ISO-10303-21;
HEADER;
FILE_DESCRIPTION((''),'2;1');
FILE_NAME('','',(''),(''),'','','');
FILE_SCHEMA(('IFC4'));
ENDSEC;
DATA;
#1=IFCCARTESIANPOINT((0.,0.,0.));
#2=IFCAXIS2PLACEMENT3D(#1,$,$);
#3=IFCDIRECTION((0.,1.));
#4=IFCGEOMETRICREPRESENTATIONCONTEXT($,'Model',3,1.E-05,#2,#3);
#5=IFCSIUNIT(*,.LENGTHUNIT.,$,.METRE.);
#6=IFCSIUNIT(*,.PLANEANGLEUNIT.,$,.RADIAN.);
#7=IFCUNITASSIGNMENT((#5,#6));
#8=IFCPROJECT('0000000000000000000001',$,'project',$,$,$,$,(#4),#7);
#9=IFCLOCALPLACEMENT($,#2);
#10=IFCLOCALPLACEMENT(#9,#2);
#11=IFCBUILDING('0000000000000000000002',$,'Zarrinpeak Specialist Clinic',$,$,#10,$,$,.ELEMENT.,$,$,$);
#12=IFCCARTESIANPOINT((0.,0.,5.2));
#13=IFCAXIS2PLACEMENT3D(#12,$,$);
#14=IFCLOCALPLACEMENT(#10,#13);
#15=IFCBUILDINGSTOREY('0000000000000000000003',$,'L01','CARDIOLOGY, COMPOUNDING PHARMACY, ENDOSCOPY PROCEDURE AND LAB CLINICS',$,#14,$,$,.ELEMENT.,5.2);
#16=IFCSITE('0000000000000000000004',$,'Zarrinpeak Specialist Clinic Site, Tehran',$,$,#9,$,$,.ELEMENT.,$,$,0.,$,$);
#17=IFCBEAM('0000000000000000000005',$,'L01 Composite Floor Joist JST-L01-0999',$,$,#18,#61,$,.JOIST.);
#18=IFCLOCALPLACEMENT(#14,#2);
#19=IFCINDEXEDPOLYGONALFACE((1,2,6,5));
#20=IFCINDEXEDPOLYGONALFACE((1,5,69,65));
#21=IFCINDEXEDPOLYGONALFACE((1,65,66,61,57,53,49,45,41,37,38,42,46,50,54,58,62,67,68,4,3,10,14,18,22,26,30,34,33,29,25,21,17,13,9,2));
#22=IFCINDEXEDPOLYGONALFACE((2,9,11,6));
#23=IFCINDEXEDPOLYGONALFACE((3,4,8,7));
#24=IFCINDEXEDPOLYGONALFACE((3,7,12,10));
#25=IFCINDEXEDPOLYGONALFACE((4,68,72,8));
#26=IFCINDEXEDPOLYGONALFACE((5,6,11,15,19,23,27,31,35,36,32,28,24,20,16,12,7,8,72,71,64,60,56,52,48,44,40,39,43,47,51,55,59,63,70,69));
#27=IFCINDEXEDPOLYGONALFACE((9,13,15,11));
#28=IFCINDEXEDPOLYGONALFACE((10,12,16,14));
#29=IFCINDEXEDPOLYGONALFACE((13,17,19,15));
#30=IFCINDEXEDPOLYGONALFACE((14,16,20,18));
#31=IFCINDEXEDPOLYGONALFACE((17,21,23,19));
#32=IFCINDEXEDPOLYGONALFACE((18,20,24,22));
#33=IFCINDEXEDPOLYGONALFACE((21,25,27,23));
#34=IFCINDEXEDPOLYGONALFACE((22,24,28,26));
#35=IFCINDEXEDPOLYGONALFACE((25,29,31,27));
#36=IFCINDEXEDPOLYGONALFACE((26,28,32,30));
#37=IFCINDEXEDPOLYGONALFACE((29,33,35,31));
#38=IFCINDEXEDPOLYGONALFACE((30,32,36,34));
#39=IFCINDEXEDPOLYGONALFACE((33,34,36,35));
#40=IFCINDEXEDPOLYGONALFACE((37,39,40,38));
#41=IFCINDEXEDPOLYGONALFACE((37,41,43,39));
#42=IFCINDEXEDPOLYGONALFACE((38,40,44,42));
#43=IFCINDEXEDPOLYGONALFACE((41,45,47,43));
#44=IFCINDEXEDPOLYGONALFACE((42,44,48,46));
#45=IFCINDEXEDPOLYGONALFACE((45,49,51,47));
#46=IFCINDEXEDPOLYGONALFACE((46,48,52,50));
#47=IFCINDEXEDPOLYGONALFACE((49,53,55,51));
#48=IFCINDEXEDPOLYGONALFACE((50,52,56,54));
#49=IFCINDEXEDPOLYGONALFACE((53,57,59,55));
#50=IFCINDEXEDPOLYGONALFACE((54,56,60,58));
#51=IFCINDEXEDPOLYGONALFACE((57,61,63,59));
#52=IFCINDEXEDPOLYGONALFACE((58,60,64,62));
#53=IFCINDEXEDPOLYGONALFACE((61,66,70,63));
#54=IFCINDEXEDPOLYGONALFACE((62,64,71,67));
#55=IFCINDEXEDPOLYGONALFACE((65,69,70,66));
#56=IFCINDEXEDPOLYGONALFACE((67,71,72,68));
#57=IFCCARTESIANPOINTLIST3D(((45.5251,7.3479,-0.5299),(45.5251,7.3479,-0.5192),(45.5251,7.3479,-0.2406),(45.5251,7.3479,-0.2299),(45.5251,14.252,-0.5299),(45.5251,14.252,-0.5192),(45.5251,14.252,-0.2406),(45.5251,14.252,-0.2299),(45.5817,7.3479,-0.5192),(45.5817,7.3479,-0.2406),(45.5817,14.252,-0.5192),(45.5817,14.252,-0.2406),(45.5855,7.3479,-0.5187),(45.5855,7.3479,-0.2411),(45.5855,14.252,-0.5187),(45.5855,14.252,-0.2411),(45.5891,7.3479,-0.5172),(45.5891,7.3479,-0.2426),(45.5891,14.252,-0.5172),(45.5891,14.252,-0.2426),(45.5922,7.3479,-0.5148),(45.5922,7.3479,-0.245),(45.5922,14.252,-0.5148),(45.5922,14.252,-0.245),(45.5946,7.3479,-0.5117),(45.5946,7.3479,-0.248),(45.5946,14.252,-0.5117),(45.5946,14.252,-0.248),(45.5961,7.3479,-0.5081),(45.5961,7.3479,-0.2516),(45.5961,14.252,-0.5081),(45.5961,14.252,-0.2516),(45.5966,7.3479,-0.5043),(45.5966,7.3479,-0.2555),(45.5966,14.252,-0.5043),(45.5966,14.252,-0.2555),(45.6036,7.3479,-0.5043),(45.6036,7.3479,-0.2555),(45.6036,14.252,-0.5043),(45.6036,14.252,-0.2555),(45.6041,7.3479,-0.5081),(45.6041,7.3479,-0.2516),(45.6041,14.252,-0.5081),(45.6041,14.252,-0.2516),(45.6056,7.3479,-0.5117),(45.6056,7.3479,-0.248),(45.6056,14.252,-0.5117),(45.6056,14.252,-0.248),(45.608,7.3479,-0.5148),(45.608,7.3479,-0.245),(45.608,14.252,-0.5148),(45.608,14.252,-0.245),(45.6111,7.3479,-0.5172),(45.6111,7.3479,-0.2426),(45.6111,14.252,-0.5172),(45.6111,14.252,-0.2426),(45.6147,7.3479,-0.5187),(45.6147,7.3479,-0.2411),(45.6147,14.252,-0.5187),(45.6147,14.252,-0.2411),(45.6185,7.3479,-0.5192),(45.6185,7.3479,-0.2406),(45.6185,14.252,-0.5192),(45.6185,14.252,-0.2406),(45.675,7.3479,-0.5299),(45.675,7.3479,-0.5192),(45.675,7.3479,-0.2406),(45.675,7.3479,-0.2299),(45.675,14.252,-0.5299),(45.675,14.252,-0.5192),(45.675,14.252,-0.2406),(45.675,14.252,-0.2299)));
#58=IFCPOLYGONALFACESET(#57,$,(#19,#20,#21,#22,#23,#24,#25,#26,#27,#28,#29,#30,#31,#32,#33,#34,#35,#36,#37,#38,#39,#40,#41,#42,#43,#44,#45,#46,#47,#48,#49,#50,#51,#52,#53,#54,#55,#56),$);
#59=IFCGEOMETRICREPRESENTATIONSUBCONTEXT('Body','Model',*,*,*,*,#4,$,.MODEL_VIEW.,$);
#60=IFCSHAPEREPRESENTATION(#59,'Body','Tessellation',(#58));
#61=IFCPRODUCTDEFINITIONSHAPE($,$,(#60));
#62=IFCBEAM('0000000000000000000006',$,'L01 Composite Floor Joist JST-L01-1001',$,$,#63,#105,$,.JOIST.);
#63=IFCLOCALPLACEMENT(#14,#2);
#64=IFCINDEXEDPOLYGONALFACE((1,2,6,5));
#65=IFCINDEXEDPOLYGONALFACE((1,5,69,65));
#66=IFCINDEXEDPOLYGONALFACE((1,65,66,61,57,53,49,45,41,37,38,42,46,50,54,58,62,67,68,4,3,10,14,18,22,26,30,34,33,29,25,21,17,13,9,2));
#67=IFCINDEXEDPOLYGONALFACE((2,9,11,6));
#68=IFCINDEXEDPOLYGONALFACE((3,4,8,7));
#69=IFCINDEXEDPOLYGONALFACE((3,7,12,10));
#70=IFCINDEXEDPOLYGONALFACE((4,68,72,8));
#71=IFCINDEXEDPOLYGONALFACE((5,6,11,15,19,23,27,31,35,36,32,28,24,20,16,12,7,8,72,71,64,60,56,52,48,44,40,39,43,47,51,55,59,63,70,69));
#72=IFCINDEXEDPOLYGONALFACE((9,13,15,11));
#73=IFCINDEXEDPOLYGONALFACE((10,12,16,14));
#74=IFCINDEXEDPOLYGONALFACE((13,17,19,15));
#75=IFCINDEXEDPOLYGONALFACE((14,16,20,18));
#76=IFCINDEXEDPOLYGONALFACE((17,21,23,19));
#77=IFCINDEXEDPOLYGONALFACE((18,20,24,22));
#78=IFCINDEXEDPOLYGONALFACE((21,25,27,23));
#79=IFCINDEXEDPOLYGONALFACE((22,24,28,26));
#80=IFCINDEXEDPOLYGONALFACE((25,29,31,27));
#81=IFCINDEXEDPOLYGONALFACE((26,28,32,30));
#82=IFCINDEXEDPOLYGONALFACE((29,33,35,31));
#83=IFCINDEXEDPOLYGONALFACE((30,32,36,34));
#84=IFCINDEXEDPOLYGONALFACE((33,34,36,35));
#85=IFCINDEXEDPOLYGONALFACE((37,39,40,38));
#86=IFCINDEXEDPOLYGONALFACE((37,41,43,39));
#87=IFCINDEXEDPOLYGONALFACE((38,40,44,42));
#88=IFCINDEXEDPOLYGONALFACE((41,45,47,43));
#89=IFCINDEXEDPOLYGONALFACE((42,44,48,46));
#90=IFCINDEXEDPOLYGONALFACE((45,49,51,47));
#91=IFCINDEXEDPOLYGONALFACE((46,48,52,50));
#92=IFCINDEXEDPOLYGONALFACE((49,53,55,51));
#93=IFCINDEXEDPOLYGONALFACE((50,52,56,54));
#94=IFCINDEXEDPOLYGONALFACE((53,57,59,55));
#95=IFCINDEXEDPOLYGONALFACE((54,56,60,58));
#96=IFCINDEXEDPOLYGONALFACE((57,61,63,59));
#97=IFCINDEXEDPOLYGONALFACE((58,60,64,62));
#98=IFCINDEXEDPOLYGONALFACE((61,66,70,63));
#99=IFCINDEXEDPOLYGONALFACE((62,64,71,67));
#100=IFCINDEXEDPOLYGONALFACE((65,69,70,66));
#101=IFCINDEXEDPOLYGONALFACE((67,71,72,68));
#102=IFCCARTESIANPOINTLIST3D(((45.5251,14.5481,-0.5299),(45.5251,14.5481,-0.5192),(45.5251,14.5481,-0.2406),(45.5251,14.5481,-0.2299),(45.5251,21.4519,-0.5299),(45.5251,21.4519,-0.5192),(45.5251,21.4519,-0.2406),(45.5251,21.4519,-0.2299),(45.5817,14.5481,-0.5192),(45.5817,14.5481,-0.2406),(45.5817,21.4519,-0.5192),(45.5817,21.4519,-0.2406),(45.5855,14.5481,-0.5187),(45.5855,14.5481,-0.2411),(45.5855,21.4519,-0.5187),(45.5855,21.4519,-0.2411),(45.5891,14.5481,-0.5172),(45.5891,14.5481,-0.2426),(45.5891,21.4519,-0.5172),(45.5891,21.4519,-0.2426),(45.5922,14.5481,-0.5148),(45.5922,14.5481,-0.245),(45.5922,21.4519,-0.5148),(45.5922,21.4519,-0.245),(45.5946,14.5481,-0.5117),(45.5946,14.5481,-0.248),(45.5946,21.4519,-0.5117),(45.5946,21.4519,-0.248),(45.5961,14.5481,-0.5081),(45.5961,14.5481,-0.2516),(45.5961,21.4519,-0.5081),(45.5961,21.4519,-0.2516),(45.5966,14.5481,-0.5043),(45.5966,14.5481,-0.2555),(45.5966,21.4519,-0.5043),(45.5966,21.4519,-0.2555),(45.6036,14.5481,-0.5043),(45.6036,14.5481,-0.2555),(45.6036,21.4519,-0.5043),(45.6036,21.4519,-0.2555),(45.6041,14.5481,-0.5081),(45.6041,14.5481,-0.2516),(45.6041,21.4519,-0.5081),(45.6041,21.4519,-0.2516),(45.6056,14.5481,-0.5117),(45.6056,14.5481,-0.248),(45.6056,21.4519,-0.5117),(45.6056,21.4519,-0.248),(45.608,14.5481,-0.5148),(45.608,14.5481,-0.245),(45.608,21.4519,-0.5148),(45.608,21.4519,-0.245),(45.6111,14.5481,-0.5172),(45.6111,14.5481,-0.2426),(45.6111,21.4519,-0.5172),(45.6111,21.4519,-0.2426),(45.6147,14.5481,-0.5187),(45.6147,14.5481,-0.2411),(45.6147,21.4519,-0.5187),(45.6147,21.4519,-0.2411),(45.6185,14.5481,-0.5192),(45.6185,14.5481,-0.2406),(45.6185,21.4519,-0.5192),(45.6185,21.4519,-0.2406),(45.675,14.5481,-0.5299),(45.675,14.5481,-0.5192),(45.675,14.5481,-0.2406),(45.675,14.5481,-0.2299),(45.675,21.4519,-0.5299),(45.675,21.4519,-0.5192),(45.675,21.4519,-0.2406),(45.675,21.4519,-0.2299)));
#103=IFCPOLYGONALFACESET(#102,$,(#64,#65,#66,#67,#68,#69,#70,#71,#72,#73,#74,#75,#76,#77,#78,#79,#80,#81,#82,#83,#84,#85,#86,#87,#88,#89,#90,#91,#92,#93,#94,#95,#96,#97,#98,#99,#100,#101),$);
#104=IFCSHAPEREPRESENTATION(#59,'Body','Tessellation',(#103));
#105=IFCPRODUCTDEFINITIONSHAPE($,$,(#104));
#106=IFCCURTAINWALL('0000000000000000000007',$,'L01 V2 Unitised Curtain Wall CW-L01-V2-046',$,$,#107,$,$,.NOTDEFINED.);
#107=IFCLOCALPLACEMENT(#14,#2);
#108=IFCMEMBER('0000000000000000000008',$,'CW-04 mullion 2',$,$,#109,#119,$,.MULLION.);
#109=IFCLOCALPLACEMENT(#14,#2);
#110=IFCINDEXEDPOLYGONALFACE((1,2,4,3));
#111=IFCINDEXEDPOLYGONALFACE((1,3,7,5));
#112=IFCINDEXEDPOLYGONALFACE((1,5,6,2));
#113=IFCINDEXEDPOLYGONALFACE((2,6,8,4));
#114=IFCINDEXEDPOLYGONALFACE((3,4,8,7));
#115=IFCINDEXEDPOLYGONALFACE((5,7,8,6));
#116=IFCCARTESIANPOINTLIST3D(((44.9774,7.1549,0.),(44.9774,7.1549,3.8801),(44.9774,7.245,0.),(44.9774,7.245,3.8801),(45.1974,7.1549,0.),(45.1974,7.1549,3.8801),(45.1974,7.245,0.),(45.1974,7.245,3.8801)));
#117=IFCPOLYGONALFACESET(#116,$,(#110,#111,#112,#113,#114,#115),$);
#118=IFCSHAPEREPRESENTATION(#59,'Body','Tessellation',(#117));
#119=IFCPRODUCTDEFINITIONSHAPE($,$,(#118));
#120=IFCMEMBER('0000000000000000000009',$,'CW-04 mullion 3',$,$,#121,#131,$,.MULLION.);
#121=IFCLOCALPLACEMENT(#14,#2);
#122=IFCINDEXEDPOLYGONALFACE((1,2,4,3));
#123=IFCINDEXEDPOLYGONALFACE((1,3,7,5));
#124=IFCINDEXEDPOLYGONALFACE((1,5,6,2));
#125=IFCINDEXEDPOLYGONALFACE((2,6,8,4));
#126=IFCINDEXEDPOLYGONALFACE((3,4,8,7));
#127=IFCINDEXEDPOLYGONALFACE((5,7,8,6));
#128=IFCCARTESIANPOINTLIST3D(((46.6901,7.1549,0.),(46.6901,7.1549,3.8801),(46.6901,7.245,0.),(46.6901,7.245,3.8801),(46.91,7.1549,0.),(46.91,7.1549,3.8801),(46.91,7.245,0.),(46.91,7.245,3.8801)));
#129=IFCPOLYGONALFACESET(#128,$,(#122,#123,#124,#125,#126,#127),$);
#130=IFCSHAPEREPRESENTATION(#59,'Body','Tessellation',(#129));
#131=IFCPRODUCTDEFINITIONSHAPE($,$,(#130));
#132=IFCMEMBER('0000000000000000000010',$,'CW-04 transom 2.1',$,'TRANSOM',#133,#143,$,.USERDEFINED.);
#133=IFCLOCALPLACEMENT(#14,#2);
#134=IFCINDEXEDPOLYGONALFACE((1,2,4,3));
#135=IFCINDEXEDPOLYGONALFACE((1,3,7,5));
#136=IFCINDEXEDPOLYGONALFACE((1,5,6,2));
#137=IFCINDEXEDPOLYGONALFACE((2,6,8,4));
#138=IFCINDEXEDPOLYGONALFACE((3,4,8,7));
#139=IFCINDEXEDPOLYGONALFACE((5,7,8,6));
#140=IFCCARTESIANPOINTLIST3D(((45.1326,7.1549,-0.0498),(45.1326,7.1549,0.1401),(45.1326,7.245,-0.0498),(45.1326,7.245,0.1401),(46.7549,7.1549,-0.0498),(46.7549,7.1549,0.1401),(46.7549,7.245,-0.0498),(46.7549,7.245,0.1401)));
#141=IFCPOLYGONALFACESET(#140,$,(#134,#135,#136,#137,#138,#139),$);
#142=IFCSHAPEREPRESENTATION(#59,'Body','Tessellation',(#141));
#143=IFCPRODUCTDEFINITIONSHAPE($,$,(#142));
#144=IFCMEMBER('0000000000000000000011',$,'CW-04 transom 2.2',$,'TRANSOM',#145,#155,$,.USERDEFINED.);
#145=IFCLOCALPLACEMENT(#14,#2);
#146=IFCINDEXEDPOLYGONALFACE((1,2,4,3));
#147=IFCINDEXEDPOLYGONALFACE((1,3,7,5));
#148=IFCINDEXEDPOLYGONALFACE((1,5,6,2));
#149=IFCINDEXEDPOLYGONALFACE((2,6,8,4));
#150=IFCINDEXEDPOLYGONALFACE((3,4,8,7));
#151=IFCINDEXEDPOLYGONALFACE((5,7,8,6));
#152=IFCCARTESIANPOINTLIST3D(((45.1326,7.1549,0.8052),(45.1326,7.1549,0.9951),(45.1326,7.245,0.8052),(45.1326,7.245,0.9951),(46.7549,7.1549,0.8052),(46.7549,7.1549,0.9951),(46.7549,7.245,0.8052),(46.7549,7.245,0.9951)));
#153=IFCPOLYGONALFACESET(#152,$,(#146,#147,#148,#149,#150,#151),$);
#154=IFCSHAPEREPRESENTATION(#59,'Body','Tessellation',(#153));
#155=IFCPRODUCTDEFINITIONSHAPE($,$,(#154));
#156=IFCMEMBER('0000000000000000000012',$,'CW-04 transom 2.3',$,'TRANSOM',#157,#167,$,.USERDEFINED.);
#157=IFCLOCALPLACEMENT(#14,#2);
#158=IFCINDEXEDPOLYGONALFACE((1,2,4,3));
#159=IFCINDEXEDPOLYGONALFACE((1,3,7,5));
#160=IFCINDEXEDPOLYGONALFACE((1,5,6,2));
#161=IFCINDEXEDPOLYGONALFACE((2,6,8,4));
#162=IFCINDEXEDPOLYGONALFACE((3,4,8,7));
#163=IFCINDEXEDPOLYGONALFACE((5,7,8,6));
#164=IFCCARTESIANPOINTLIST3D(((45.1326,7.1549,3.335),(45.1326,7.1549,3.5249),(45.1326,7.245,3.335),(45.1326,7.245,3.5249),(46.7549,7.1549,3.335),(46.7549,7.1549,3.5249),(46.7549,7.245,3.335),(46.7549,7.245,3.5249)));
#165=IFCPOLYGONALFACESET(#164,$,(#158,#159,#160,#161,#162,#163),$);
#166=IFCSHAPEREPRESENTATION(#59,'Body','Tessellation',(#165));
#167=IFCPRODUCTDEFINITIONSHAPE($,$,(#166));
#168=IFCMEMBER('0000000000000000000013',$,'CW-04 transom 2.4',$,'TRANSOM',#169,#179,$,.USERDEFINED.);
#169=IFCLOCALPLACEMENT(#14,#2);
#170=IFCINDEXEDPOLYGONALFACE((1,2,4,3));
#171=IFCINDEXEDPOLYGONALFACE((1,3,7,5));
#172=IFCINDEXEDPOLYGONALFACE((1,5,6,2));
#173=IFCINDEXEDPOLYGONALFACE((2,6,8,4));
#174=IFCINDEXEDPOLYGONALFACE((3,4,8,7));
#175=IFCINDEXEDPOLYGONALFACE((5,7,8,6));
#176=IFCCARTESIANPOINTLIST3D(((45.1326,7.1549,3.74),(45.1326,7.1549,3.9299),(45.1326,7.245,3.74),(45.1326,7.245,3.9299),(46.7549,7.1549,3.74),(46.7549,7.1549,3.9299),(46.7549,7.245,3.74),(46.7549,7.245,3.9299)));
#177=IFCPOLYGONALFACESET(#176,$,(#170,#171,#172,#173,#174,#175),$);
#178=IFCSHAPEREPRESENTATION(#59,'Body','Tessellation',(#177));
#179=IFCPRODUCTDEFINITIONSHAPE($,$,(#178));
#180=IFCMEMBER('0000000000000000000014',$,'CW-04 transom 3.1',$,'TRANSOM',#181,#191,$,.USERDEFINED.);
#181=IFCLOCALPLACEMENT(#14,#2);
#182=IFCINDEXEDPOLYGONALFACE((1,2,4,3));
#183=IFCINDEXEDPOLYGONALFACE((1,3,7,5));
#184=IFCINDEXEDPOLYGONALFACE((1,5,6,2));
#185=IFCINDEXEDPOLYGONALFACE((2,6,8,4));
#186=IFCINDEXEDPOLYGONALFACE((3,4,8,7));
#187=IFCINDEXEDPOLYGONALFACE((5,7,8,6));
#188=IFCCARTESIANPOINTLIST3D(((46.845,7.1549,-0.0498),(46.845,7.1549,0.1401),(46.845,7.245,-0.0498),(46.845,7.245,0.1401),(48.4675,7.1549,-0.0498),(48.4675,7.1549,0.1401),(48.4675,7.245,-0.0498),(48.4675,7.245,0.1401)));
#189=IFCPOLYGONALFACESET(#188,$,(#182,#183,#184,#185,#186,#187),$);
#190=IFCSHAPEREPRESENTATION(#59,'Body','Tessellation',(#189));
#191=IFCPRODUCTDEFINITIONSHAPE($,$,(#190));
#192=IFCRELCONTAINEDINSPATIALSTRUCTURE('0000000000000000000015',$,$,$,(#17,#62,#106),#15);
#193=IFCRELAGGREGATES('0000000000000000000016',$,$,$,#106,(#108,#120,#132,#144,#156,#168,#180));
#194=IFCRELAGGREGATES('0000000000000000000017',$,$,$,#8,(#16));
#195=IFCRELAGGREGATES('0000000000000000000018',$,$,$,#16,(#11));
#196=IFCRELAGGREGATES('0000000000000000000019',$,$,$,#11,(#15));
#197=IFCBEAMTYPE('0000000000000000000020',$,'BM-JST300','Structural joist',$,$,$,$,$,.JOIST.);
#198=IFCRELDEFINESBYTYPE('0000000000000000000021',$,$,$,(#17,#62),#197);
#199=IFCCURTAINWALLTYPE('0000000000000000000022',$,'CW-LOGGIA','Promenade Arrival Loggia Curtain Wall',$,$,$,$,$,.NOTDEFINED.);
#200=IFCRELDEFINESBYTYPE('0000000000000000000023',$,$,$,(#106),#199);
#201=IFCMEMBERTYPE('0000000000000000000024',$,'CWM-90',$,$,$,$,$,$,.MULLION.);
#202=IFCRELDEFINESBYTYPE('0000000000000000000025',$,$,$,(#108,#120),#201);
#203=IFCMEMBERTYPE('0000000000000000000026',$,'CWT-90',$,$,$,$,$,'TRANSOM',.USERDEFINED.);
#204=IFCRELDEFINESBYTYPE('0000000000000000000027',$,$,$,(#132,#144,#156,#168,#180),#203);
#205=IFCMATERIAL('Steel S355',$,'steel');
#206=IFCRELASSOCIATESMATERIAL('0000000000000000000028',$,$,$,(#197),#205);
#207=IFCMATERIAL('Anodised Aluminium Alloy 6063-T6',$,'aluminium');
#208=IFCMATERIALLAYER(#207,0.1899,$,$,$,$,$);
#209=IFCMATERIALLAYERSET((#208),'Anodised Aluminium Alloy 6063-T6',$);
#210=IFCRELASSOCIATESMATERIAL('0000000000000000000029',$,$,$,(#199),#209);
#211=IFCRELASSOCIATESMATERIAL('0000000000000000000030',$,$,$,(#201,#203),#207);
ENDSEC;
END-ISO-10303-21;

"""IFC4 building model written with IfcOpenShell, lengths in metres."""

from ifc_helpers import new_model, si_unit, direction, frame, origin, origin_2d, place, context, subcontext, project, spatial, rectangle, i_section, extrude, material, layer, layer_set, material_profile, profile_set, type_object, element, aggregate, save


model = new_model("IFC4")

# Units and contexts
model_context = context("Model", 3, precision=1e-05, world=origin(), true_north=direction((0.0, 1.0)))
body_context = subcontext(model_context, "Body", "Model", "MODEL_VIEW")
ifc_project = project(units=[si_unit("LENGTHUNIT", "METRE"), si_unit("PLANEANGLEUNIT", "RADIAN")], contexts=[model_context])

# Site, building, storey
site_placement = place(None, origin())
site = spatial("IfcSite", under=ifc_project, at=site_placement, Name="Zarrinpeak Specialist Clinic Site, Tehran", CompositionType="ELEMENT", RefElevation=0.0)
building_placement = place(site_placement, origin())
building = spatial("IfcBuilding", under=site, at=building_placement, Name="Zarrinpeak Specialist Clinic", CompositionType="ELEMENT")
storey_placement = place(building_placement, frame((0.0, 0.0, 5.2)))
storey = spatial("IfcBuildingStorey", under=building, at=storey_placement, Name="L01", Description="CARDIOLOGY, COMPOUNDING PHARMACY, ENDOSCOPY PROCEDURE AND LAB CLINICS", CompositionType="ELEMENT", Elevation=5.2)

# Beams
ifc_material_1 = material(Name="Steel S355", Category="steel")
ifc_material_profile_1 = material_profile(ifc_material_1, i_section(OverallWidth=0.1499, OverallDepth=0.3, WebThickness=0.0071, FlangeThickness=0.0107, FilletRadius=0.0149, at=origin_2d()), Name="IPE 300")
ifc_profile_set_1 = profile_set([ifc_material_profile_1], Name="Steel S355")
beam_type = type_object("IfcBeamType", Name="BM-JST300", Description="Structural joist", PredefinedType="JOIST", material=ifc_profile_set_1)
beam_1_placement = place(storey_placement, frame((45.6001, 7.3479, -0.3799), z_axis=(0.0, 1.0, 0.0), x_axis=(-1.0, 0.0, 0.0)))
element("IfcBeam", 1, at=beam_1_placement, inside=storey, type_object=beam_type, Name="L01 Composite Floor Joist JST-L01-0999", PredefinedType="JOIST", context=body_context, shape_type="SweptSolid", body=[
    extrude(i_section(OverallWidth=0.1499, OverallDepth=0.3, WebThickness=0.0071, FlangeThickness=0.0107, FilletRadius=0.0149, at=origin_2d()), origin(), (0.0, 0.0, 1.0), 6.9041),
])
beam_2_placement = place(storey_placement, frame((45.6001, 14.5481, -0.3799), z_axis=(0.0, 1.0, 0.0), x_axis=(-1.0, 0.0, 0.0)))
element("IfcBeam", 2, at=beam_2_placement, inside=storey, type_object=beam_type, Name="L01 Composite Floor Joist JST-L01-1001", PredefinedType="JOIST", context=body_context, shape_type="SweptSolid", body=[
    extrude(i_section(OverallWidth=0.1499, OverallDepth=0.3, WebThickness=0.0071, FlangeThickness=0.0107, FilletRadius=0.0149, at=origin_2d()), origin(), (0.0, 0.0, 1.0), 6.9038),
])

# Curtain wall, members
ifc_material_2 = material(Name="Anodised Aluminium Alloy 6063-T6", Category="aluminium")
ifc_layer_1 = layer(ifc_material_2, 0.1899)
ifc_layer_set_1 = layer_set([ifc_layer_1], Name="Anodised Aluminium Alloy 6063-T6")
curtain_wall_type = type_object("IfcCurtainWallType", Name="CW-LOGGIA", Description="Promenade Arrival Loggia Curtain Wall", PredefinedType="NOTDEFINED", material=ifc_layer_set_1)
curtain_wall_placement = place(storey_placement, origin())
curtain_wall = element("IfcCurtainWall", 3, at=curtain_wall_placement, inside=storey, type_object=curtain_wall_type, Name="L01 V2 Unitised Curtain Wall CW-L01-V2-046", PredefinedType="NOTDEFINED")
ifc_material_profile_2 = material_profile(ifc_material_2, rectangle(XDim=0.0901, YDim=0.22, at=origin_2d()), Name="ALU 90x220")
ifc_profile_set_2 = profile_set([ifc_material_profile_2], Name="Anodised Aluminium Alloy 6063-T6")
member_type_1 = type_object("IfcMemberType", Name="CWM-90", PredefinedType="MULLION", material=ifc_profile_set_2)
member_1_placement = place(storey_placement, frame((45.0874, 7.2, 0.0), z_axis=(0.0, 0.0, 1.0), x_axis=(0.0, 1.0, 0.0)))
member_1 = element("IfcMember", 4, at=member_1_placement, type_object=member_type_1, Name="CW-04 mullion 2", PredefinedType="MULLION", context=body_context, shape_type="SweptSolid", body=[
    extrude(rectangle(XDim=0.0901, YDim=0.22, at=origin_2d()), origin(), (0.0, 0.0, 1.0), 3.8801),
])
member_2_placement = place(storey_placement, frame((46.8, 7.2, 0.0), z_axis=(0.0, 0.0, 1.0), x_axis=(0.0, 1.0, 0.0)))
member_2 = element("IfcMember", 5, at=member_2_placement, type_object=member_type_1, Name="CW-04 mullion 3", PredefinedType="MULLION", context=body_context, shape_type="SweptSolid", body=[
    extrude(rectangle(XDim=0.0901, YDim=0.22, at=origin_2d()), origin(), (0.0, 0.0, 1.0), 3.8801),
])
ifc_material_profile_3 = material_profile(ifc_material_2, rectangle(XDim=0.0901, YDim=0.1899, at=origin_2d()), Name="ALU 90x190")
ifc_profile_set_3 = profile_set([ifc_material_profile_3], Name="Anodised Aluminium Alloy 6063-T6")
member_type_2 = type_object("IfcMemberType", Name="CWT-90", ElementType="TRANSOM", PredefinedType="USERDEFINED", material=ifc_profile_set_3)
member_3_placement = place(storey_placement, frame((45.1326, 7.2, 0.0452), z_axis=(1.0, 0.0, 0.0), x_axis=(0.0, 1.0, 0.0)))
member_3 = element("IfcMember", 6, at=member_3_placement, type_object=member_type_2, Name="CW-04 transom 2.1", ObjectType="TRANSOM", PredefinedType="USERDEFINED", context=body_context, shape_type="SweptSolid", body=[
    extrude(rectangle(XDim=0.0901, YDim=0.1899, at=origin_2d()), origin(), (0.0, 0.0, 1.0), 1.6223),
])
member_4_placement = place(storey_placement, frame((45.1326, 7.2, 0.9001), z_axis=(1.0, 0.0, 0.0), x_axis=(0.0, 1.0, 0.0)))
member_4 = element("IfcMember", 7, at=member_4_placement, type_object=member_type_2, Name="CW-04 transom 2.2", ObjectType="TRANSOM", PredefinedType="USERDEFINED", context=body_context, shape_type="SweptSolid", body=[
    extrude(rectangle(XDim=0.0901, YDim=0.1899, at=origin_2d()), origin(), (0.0, 0.0, 1.0), 1.6223),
])
member_5_placement = place(storey_placement, frame((45.1326, 7.2, 3.4299), z_axis=(1.0, 0.0, 0.0), x_axis=(0.0, 1.0, 0.0)))
member_5 = element("IfcMember", 8, at=member_5_placement, type_object=member_type_2, Name="CW-04 transom 2.3", ObjectType="TRANSOM", PredefinedType="USERDEFINED", context=body_context, shape_type="SweptSolid", body=[
    extrude(rectangle(XDim=0.0901, YDim=0.1899, at=origin_2d()), origin(), (0.0, 0.0, 1.0), 1.6223),
])
member_6_placement = place(storey_placement, frame((45.1326, 7.2, 3.835), z_axis=(1.0, 0.0, 0.0), x_axis=(0.0, 1.0, 0.0)))
member_6 = element("IfcMember", 9, at=member_6_placement, type_object=member_type_2, Name="CW-04 transom 2.4", ObjectType="TRANSOM", PredefinedType="USERDEFINED", context=body_context, shape_type="SweptSolid", body=[
    extrude(rectangle(XDim=0.0901, YDim=0.1899, at=origin_2d()), origin(), (0.0, 0.0, 1.0), 1.6223),
])
member_7_placement = place(storey_placement, frame((46.845, 7.2, 0.0452), z_axis=(1.0, 0.0, 0.0), x_axis=(0.0, 1.0, 0.0)))
member_7 = element("IfcMember", 10, at=member_7_placement, type_object=member_type_2, Name="CW-04 transom 3.1", ObjectType="TRANSOM", PredefinedType="USERDEFINED", context=body_context, shape_type="SweptSolid", body=[
    extrude(rectangle(XDim=0.0901, YDim=0.1899, at=origin_2d()), origin(), (0.0, 0.0, 1.0), 1.6226),
])
aggregate(curtain_wall, [member_1, member_2, member_3, member_4, member_5, member_6, member_7])

save(model, "model.ifc")
